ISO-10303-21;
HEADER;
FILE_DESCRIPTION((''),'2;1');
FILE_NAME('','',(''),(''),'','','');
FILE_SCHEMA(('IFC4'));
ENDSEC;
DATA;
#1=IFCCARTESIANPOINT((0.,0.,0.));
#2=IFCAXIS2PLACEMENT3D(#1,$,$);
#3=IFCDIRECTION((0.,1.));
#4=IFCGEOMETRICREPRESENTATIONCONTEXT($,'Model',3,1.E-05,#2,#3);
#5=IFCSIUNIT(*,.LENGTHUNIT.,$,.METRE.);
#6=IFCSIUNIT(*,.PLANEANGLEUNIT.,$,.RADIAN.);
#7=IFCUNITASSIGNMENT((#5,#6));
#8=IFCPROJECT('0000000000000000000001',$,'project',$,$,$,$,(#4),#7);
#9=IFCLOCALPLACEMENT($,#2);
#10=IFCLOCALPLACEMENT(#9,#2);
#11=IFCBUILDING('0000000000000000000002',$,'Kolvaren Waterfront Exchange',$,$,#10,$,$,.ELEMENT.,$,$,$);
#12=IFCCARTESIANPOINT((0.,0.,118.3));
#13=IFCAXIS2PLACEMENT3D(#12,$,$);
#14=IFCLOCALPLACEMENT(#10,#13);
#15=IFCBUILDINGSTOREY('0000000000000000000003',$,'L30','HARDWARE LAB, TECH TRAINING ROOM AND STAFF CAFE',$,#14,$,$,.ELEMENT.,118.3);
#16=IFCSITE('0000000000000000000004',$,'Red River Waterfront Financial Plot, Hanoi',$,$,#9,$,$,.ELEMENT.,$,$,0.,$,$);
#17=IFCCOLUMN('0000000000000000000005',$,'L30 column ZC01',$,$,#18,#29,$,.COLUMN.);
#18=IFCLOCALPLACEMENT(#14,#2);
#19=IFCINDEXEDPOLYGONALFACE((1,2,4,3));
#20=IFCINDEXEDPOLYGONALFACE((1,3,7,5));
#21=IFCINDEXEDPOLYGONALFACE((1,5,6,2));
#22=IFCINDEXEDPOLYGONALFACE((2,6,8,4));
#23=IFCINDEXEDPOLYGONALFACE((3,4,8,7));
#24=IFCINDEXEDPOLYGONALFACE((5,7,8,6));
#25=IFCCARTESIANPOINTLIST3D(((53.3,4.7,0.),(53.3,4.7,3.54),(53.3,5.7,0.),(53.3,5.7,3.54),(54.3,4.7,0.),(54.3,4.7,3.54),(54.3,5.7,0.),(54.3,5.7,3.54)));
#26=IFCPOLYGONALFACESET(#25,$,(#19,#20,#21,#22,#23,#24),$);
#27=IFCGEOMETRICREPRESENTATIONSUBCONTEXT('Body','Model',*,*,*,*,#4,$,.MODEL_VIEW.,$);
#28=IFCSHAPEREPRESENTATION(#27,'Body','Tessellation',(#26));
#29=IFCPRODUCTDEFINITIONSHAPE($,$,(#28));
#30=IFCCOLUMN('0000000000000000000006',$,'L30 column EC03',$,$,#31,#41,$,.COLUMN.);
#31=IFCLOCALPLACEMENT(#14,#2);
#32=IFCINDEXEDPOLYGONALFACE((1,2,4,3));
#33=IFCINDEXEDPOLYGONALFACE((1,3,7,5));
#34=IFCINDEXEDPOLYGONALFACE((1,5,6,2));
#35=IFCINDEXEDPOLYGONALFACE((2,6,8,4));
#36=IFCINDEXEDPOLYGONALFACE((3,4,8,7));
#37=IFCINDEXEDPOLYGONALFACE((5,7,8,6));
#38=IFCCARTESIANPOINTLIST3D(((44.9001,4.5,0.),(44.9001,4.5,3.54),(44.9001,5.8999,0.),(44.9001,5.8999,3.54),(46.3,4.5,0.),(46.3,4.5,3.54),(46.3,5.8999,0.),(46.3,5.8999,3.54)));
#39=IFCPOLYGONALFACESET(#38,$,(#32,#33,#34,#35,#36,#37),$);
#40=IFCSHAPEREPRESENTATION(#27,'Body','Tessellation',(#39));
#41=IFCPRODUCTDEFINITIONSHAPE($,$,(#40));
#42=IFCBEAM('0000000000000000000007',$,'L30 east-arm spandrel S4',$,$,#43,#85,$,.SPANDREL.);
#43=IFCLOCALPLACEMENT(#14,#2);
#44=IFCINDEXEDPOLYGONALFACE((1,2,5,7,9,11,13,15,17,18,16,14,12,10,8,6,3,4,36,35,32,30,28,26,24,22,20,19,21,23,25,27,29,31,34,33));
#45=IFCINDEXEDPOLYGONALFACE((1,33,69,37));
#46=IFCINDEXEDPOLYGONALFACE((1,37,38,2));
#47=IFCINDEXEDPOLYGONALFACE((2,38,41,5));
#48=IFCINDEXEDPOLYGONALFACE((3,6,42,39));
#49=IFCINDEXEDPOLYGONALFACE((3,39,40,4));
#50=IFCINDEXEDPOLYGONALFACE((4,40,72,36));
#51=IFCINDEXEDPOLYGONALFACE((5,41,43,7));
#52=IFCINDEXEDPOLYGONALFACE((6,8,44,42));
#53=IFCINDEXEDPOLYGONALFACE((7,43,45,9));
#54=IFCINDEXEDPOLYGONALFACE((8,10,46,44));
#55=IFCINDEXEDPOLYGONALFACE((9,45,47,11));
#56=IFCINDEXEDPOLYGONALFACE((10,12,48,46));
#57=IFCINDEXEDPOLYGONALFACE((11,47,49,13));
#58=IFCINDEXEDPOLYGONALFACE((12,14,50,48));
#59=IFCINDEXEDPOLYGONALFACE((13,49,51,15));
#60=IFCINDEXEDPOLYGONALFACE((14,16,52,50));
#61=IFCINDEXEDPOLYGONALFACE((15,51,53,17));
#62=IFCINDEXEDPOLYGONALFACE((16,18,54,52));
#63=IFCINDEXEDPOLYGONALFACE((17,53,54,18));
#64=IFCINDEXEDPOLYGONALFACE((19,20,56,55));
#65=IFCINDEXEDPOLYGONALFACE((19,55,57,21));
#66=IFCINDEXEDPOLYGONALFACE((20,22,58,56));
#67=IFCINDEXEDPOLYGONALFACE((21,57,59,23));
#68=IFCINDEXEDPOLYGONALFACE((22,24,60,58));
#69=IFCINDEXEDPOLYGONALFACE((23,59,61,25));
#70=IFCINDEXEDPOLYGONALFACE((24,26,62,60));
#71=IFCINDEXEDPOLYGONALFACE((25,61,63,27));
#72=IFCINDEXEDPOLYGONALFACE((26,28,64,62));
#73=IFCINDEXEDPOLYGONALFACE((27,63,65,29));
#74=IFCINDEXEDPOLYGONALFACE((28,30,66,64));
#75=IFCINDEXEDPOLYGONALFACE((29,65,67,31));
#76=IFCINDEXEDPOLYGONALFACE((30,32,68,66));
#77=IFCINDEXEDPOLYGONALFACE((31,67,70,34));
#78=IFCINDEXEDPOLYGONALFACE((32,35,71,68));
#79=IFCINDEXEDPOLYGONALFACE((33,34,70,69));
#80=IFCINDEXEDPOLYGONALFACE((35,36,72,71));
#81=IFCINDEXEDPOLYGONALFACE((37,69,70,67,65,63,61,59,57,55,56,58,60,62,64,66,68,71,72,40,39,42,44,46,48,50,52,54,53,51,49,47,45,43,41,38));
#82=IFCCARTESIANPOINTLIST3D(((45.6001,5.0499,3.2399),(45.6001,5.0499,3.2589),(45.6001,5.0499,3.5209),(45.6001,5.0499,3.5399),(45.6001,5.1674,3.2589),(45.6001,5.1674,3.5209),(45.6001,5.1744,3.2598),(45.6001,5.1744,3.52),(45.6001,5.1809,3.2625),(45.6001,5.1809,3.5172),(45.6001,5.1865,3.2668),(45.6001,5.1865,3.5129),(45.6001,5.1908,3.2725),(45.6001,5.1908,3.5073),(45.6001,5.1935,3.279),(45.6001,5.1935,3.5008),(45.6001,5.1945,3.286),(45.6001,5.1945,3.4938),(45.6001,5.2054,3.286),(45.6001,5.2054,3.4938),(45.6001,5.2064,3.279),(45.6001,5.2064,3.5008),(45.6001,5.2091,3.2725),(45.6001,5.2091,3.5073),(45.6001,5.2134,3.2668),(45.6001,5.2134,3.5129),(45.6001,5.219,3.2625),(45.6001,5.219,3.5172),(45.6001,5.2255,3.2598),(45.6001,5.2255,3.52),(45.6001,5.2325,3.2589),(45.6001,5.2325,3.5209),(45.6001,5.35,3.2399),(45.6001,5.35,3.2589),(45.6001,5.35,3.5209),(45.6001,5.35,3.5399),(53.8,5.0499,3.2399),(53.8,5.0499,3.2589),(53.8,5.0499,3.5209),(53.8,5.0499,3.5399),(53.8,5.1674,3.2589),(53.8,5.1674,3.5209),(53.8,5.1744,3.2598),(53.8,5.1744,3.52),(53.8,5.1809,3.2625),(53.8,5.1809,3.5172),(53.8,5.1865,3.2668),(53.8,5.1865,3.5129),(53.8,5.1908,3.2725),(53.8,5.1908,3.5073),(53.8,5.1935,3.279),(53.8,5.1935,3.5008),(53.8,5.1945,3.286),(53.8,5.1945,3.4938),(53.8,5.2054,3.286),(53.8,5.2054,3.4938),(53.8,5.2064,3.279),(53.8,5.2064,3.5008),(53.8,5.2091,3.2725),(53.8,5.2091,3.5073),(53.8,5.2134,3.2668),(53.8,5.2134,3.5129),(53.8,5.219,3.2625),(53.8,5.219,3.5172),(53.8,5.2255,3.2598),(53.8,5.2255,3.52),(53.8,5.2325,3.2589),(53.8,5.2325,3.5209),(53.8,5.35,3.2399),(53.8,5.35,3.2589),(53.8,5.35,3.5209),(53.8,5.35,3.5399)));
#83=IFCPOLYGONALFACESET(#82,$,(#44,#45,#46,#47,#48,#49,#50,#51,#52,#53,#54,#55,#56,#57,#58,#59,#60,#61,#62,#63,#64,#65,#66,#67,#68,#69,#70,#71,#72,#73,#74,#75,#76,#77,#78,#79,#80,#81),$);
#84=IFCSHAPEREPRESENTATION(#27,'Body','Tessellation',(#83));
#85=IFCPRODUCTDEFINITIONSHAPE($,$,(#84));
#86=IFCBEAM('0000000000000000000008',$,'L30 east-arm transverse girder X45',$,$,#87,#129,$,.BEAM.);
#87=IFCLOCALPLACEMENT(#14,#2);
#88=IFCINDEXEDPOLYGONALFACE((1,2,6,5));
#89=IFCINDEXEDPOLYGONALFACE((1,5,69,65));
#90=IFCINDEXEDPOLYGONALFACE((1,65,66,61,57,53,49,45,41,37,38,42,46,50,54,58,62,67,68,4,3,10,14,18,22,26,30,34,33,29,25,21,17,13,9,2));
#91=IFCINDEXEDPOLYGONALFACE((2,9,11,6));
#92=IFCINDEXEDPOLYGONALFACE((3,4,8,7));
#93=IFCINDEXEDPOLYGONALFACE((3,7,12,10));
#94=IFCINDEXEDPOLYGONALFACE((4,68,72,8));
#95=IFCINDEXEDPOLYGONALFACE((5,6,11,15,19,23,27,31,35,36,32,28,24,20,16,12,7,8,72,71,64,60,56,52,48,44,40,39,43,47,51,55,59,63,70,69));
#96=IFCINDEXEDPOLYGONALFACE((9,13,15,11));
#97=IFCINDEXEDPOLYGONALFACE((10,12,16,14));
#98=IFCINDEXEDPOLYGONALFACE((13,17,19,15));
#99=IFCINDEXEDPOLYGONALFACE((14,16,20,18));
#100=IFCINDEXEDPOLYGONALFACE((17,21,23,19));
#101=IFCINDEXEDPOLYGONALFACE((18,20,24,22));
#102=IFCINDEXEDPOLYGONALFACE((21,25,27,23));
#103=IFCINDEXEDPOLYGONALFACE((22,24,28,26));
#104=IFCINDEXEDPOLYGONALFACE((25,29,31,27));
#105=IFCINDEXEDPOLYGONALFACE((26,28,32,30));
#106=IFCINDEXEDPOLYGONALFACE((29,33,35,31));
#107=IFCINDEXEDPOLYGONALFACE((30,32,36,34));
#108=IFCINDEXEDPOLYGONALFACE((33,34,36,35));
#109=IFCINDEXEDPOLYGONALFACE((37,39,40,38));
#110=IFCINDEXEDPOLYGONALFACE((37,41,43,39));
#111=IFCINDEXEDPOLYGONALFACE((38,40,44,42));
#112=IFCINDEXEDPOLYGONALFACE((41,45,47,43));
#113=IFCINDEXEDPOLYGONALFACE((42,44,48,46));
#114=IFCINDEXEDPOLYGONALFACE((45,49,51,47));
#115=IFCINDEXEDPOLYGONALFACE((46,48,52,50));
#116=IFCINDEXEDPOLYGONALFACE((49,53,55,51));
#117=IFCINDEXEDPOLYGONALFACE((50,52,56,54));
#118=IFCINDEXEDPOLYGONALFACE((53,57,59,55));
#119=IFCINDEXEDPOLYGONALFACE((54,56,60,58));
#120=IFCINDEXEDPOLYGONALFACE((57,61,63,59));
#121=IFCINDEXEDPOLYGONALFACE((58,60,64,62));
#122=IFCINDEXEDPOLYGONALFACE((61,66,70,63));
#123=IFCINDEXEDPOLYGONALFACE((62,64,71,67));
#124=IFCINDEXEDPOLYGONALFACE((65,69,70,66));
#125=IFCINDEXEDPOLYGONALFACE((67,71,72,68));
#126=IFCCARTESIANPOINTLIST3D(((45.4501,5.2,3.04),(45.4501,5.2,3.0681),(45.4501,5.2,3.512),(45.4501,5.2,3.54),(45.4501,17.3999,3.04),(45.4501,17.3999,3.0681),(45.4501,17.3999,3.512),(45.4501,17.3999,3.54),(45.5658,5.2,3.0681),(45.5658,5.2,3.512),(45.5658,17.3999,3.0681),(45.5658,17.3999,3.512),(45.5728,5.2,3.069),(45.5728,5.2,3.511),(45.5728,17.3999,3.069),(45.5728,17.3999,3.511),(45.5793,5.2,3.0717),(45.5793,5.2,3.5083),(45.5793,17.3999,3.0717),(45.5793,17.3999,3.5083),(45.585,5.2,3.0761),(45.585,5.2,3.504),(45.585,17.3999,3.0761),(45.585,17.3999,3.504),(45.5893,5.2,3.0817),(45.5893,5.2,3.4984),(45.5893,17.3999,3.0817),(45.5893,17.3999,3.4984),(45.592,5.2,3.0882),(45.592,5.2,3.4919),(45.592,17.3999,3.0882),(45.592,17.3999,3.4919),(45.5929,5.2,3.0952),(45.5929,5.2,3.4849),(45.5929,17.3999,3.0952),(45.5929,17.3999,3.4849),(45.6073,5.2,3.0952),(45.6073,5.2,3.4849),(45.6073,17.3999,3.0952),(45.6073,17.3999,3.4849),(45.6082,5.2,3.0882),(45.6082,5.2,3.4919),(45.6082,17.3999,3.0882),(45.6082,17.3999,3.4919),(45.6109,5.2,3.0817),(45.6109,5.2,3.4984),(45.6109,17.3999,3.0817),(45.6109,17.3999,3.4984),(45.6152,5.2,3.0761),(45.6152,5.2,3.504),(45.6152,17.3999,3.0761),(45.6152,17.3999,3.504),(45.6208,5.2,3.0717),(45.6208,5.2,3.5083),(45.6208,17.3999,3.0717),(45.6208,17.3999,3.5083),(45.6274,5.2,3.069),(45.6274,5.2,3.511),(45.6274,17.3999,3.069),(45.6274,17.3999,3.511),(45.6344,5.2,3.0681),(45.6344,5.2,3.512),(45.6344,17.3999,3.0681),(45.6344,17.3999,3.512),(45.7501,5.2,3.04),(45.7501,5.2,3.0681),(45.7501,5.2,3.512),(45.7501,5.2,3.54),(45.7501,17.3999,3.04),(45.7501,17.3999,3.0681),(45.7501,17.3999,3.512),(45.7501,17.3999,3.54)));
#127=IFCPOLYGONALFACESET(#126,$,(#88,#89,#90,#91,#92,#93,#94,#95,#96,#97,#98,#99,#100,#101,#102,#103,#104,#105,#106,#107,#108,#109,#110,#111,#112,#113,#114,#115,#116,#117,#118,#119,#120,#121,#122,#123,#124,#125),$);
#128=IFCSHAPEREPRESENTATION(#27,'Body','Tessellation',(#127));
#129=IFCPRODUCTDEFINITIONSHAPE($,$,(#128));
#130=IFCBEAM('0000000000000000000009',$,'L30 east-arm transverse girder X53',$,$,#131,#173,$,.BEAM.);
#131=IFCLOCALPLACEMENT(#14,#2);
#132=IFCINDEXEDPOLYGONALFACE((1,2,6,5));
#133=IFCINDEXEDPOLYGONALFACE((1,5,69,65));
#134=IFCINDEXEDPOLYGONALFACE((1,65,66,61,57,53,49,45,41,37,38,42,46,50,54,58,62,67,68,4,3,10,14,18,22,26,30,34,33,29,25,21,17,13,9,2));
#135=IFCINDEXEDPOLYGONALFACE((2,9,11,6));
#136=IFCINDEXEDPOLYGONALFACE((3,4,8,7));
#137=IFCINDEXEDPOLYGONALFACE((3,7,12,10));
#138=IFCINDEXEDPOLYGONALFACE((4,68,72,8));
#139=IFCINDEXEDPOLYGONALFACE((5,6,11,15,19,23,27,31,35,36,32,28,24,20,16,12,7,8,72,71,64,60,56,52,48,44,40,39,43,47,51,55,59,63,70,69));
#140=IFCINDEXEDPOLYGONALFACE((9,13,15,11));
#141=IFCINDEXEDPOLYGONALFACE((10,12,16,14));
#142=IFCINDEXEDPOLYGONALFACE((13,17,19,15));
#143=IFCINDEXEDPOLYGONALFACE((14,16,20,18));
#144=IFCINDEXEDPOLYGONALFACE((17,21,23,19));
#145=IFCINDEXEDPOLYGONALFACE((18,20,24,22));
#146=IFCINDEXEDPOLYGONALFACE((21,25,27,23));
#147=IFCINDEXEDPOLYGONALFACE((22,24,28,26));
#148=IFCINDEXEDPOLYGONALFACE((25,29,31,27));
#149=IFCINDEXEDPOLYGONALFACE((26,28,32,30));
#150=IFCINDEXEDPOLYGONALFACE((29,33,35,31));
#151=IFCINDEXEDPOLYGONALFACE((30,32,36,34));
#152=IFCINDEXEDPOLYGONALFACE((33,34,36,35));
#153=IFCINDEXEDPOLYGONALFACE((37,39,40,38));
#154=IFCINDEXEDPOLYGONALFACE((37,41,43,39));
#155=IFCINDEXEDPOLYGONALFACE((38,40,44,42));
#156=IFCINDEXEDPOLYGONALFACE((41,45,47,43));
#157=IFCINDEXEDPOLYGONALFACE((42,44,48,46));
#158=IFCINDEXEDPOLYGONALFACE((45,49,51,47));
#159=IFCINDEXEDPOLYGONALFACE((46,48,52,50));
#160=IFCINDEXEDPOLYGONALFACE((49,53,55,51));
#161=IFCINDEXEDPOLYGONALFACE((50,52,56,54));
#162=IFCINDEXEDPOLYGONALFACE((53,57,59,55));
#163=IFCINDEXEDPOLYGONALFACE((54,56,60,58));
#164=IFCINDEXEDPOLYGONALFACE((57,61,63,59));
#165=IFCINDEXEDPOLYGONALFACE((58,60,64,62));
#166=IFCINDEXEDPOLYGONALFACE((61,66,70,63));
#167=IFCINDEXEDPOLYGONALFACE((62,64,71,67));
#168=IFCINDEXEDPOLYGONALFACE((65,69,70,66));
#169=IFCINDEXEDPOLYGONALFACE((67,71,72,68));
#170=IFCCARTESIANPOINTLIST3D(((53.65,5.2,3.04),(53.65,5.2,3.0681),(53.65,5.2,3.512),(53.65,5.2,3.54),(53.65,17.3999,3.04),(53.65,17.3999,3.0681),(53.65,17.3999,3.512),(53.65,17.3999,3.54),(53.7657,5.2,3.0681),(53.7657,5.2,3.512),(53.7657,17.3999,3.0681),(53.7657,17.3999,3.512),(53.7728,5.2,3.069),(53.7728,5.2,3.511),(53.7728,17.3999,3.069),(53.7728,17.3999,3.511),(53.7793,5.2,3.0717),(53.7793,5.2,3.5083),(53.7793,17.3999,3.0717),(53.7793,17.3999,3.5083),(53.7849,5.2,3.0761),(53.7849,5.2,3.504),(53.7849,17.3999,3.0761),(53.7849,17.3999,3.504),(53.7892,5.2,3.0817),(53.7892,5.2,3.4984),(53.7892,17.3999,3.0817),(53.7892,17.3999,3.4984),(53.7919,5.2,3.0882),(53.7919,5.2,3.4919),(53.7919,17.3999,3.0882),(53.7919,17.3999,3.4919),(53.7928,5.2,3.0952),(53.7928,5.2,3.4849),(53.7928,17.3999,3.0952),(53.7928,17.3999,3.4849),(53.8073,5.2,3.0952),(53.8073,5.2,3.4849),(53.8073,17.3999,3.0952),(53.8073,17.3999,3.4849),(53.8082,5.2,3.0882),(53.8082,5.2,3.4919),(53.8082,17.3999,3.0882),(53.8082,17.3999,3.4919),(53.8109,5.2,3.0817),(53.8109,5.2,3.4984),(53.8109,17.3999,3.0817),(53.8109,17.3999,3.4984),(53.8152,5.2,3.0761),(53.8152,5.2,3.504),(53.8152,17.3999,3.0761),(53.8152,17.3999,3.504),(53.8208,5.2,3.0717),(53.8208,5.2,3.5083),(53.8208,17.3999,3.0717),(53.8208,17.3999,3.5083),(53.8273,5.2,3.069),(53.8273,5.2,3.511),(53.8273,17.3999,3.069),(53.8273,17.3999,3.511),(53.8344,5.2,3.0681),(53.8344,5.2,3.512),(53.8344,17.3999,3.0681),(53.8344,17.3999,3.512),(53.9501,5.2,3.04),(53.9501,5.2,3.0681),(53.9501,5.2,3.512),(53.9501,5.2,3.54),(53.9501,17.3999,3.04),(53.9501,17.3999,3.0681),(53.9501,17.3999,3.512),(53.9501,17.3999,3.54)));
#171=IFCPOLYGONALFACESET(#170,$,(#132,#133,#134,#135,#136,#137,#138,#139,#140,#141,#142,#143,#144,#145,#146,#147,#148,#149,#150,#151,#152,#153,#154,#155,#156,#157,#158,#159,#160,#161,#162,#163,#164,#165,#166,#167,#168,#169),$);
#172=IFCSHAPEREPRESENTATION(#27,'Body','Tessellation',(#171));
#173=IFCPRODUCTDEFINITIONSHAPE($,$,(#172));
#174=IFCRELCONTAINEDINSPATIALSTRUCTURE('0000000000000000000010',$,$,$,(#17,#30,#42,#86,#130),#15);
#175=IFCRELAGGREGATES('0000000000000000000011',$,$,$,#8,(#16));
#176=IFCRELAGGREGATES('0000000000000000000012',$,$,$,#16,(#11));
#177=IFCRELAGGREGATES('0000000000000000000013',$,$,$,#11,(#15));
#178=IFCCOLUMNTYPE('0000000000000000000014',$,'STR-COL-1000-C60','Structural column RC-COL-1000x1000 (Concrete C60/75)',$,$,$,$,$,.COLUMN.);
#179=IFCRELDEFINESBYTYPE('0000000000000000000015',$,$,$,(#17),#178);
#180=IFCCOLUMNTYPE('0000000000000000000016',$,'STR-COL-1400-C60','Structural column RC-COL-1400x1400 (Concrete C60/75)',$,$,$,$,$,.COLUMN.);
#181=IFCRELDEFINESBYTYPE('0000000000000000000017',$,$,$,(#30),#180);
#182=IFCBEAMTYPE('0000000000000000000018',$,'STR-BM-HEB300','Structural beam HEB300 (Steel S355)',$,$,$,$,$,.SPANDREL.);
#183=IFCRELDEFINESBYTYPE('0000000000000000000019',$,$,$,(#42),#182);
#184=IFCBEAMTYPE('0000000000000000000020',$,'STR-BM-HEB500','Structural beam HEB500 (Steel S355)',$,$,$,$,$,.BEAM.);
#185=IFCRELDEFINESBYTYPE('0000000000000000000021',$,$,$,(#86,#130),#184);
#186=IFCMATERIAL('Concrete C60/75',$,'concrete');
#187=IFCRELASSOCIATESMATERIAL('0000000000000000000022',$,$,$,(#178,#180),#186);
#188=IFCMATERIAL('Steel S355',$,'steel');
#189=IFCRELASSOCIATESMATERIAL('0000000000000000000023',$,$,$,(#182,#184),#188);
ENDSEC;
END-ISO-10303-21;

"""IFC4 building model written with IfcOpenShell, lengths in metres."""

from ifc_helpers import new_model, si_unit, direction, frame, origin, origin_2d, place, context, subcontext, project, spatial, rectangle, i_section, extrude, material, material_profile, profile_set, type_object, element, save


model = new_model("IFC4")

# Units and contexts
model_context = context("Model", 3, precision=1e-05, world=origin(), true_north=direction((0.0, 1.0)))
body_context = subcontext(model_context, "Body", "Model", "MODEL_VIEW")
ifc_project = project(units=[si_unit("LENGTHUNIT", "METRE"), si_unit("PLANEANGLEUNIT", "RADIAN")], contexts=[model_context])

# Site, building, storey
site_placement = place(None, origin())
site = spatial("IfcSite", under=ifc_project, at=site_placement, Name="Red River Waterfront Financial Plot, Hanoi", CompositionType="ELEMENT", RefElevation=0.0)
building_placement = place(site_placement, origin())
building = spatial("IfcBuilding", under=site, at=building_placement, Name="Kolvaren Waterfront Exchange", CompositionType="ELEMENT")
storey_placement = place(building_placement, frame((0.0, 0.0, 118.3)))
storey = spatial("IfcBuildingStorey", under=building, at=storey_placement, Name="L30", Description="HARDWARE LAB, TECH TRAINING ROOM AND STAFF CAFE", CompositionType="ELEMENT", Elevation=118.3)

# Columns
ifc_material_1 = material(Name="Concrete C60/75", Category="concrete")
ifc_material_profile_1 = material_profile(ifc_material_1, rectangle(XDim=1.0, YDim=1.0, at=origin_2d()), Name="RC-COL-1000x1000")
ifc_profile_set_1 = profile_set([ifc_material_profile_1], Name="Concrete C60/75")
column_type_1 = type_object("IfcColumnType", Name="STR-COL-1000-C60", Description="Structural column RC-COL-1000x1000 (Concrete C60/75)", PredefinedType="COLUMN", material=ifc_profile_set_1)
column_1_placement = place(storey_placement, frame((53.8, 5.2, 0.0), z_axis=(0.0, 0.0, 1.0), x_axis=(1.0, 0.0, 0.0)))
element("IfcColumn", 1, at=column_1_placement, inside=storey, type_object=column_type_1, Name="L30 column ZC01", PredefinedType="COLUMN", context=body_context, shape_type="SweptSolid", body=[
    extrude(rectangle(XDim=1.0, YDim=1.0, at=origin_2d()), origin(), (0.0, 0.0, 1.0), 3.54),
])
ifc_material_profile_2 = material_profile(ifc_material_1, rectangle(XDim=1.3999, YDim=1.3999, at=origin_2d()), Name="RC-COL-1400x1400")
ifc_profile_set_2 = profile_set([ifc_material_profile_2], Name="Concrete C60/75")
column_type_2 = type_object("IfcColumnType", Name="STR-COL-1400-C60", Description="Structural column RC-COL-1400x1400 (Concrete C60/75)", PredefinedType="COLUMN", material=ifc_profile_set_2)
column_2_placement = place(storey_placement, frame((45.6001, 5.2, 0.0), z_axis=(0.0, 0.0, 1.0), x_axis=(1.0, 0.0, 0.0)))
element("IfcColumn", 2, at=column_2_placement, inside=storey, type_object=column_type_2, Name="L30 column EC03", PredefinedType="COLUMN", context=body_context, shape_type="SweptSolid", body=[
    extrude(rectangle(XDim=1.3999, YDim=1.3999, at=origin_2d()), origin(), (0.0, 0.0, 1.0), 3.54),
])

# Beams
ifc_material_2 = material(Name="Steel S355", Category="steel")
ifc_material_profile_3 = material_profile(ifc_material_2, i_section(OverallWidth=0.3, OverallDepth=0.3, WebThickness=0.011, FlangeThickness=0.019, FilletRadius=0.0271, at=origin_2d()), Name="HEB300")
ifc_profile_set_3 = profile_set([ifc_material_profile_3], Name="Steel S355")
beam_type_1 = type_object("IfcBeamType", Name="STR-BM-HEB300", Description="Structural beam HEB300 (Steel S355)", PredefinedType="SPANDREL", material=ifc_profile_set_3)
beam_1_placement = place(storey_placement, frame((45.6001, 5.2, 3.3899), z_axis=(1.0, 0.0, 0.0), x_axis=(0.0, 1.0, 0.0)))
element("IfcBeam", 3, at=beam_1_placement, inside=storey, type_object=beam_type_1, Name="L30 east-arm spandrel S4", PredefinedType="SPANDREL", context=body_context, shape_type="SweptSolid", body=[
    extrude(i_section(OverallWidth=0.3, OverallDepth=0.3, WebThickness=0.011, FlangeThickness=0.019, FilletRadius=0.0271, at=origin_2d()), origin(), (0.0, 0.0, 1.0), 8.2),
])
ifc_material_profile_4 = material_profile(ifc_material_2, i_section(OverallWidth=0.3, OverallDepth=0.5, WebThickness=0.0144, FlangeThickness=0.0281, FilletRadius=0.0271, at=origin_2d()), Name="HEB500")
ifc_profile_set_4 = profile_set([ifc_material_profile_4], Name="Steel S355")
beam_type_2 = type_object("IfcBeamType", Name="STR-BM-HEB500", Description="Structural beam HEB500 (Steel S355)", PredefinedType="BEAM", material=ifc_profile_set_4)
for number, where, z_axis, x_axis, name in (
    (4, (45.6001, 5.2, 3.29), (0.0, 1.0, 0.0), (-1.0, 0.0, 0.0), "L30 east-arm transverse girder X45"),
    (5, (53.8, 5.2, 3.29), (0.0, 1.0, 0.0), (-1.0, 0.0, 0.0), "L30 east-arm transverse girder X53"),
):
    element("IfcBeam", number, at=place(storey_placement, frame(where, z_axis=z_axis, x_axis=x_axis)), inside=storey, type_object=beam_type_2, Name=name, PredefinedType="BEAM", context=body_context, shape_type="SweptSolid", body=[
        extrude(i_section(OverallWidth=0.3, OverallDepth=0.5, WebThickness=0.0144, FlangeThickness=0.0281, FilletRadius=0.0271, at=origin_2d()), origin(), (0.0, 0.0, 1.0), 12.2),
    ])

save(model, "model.ifc")
